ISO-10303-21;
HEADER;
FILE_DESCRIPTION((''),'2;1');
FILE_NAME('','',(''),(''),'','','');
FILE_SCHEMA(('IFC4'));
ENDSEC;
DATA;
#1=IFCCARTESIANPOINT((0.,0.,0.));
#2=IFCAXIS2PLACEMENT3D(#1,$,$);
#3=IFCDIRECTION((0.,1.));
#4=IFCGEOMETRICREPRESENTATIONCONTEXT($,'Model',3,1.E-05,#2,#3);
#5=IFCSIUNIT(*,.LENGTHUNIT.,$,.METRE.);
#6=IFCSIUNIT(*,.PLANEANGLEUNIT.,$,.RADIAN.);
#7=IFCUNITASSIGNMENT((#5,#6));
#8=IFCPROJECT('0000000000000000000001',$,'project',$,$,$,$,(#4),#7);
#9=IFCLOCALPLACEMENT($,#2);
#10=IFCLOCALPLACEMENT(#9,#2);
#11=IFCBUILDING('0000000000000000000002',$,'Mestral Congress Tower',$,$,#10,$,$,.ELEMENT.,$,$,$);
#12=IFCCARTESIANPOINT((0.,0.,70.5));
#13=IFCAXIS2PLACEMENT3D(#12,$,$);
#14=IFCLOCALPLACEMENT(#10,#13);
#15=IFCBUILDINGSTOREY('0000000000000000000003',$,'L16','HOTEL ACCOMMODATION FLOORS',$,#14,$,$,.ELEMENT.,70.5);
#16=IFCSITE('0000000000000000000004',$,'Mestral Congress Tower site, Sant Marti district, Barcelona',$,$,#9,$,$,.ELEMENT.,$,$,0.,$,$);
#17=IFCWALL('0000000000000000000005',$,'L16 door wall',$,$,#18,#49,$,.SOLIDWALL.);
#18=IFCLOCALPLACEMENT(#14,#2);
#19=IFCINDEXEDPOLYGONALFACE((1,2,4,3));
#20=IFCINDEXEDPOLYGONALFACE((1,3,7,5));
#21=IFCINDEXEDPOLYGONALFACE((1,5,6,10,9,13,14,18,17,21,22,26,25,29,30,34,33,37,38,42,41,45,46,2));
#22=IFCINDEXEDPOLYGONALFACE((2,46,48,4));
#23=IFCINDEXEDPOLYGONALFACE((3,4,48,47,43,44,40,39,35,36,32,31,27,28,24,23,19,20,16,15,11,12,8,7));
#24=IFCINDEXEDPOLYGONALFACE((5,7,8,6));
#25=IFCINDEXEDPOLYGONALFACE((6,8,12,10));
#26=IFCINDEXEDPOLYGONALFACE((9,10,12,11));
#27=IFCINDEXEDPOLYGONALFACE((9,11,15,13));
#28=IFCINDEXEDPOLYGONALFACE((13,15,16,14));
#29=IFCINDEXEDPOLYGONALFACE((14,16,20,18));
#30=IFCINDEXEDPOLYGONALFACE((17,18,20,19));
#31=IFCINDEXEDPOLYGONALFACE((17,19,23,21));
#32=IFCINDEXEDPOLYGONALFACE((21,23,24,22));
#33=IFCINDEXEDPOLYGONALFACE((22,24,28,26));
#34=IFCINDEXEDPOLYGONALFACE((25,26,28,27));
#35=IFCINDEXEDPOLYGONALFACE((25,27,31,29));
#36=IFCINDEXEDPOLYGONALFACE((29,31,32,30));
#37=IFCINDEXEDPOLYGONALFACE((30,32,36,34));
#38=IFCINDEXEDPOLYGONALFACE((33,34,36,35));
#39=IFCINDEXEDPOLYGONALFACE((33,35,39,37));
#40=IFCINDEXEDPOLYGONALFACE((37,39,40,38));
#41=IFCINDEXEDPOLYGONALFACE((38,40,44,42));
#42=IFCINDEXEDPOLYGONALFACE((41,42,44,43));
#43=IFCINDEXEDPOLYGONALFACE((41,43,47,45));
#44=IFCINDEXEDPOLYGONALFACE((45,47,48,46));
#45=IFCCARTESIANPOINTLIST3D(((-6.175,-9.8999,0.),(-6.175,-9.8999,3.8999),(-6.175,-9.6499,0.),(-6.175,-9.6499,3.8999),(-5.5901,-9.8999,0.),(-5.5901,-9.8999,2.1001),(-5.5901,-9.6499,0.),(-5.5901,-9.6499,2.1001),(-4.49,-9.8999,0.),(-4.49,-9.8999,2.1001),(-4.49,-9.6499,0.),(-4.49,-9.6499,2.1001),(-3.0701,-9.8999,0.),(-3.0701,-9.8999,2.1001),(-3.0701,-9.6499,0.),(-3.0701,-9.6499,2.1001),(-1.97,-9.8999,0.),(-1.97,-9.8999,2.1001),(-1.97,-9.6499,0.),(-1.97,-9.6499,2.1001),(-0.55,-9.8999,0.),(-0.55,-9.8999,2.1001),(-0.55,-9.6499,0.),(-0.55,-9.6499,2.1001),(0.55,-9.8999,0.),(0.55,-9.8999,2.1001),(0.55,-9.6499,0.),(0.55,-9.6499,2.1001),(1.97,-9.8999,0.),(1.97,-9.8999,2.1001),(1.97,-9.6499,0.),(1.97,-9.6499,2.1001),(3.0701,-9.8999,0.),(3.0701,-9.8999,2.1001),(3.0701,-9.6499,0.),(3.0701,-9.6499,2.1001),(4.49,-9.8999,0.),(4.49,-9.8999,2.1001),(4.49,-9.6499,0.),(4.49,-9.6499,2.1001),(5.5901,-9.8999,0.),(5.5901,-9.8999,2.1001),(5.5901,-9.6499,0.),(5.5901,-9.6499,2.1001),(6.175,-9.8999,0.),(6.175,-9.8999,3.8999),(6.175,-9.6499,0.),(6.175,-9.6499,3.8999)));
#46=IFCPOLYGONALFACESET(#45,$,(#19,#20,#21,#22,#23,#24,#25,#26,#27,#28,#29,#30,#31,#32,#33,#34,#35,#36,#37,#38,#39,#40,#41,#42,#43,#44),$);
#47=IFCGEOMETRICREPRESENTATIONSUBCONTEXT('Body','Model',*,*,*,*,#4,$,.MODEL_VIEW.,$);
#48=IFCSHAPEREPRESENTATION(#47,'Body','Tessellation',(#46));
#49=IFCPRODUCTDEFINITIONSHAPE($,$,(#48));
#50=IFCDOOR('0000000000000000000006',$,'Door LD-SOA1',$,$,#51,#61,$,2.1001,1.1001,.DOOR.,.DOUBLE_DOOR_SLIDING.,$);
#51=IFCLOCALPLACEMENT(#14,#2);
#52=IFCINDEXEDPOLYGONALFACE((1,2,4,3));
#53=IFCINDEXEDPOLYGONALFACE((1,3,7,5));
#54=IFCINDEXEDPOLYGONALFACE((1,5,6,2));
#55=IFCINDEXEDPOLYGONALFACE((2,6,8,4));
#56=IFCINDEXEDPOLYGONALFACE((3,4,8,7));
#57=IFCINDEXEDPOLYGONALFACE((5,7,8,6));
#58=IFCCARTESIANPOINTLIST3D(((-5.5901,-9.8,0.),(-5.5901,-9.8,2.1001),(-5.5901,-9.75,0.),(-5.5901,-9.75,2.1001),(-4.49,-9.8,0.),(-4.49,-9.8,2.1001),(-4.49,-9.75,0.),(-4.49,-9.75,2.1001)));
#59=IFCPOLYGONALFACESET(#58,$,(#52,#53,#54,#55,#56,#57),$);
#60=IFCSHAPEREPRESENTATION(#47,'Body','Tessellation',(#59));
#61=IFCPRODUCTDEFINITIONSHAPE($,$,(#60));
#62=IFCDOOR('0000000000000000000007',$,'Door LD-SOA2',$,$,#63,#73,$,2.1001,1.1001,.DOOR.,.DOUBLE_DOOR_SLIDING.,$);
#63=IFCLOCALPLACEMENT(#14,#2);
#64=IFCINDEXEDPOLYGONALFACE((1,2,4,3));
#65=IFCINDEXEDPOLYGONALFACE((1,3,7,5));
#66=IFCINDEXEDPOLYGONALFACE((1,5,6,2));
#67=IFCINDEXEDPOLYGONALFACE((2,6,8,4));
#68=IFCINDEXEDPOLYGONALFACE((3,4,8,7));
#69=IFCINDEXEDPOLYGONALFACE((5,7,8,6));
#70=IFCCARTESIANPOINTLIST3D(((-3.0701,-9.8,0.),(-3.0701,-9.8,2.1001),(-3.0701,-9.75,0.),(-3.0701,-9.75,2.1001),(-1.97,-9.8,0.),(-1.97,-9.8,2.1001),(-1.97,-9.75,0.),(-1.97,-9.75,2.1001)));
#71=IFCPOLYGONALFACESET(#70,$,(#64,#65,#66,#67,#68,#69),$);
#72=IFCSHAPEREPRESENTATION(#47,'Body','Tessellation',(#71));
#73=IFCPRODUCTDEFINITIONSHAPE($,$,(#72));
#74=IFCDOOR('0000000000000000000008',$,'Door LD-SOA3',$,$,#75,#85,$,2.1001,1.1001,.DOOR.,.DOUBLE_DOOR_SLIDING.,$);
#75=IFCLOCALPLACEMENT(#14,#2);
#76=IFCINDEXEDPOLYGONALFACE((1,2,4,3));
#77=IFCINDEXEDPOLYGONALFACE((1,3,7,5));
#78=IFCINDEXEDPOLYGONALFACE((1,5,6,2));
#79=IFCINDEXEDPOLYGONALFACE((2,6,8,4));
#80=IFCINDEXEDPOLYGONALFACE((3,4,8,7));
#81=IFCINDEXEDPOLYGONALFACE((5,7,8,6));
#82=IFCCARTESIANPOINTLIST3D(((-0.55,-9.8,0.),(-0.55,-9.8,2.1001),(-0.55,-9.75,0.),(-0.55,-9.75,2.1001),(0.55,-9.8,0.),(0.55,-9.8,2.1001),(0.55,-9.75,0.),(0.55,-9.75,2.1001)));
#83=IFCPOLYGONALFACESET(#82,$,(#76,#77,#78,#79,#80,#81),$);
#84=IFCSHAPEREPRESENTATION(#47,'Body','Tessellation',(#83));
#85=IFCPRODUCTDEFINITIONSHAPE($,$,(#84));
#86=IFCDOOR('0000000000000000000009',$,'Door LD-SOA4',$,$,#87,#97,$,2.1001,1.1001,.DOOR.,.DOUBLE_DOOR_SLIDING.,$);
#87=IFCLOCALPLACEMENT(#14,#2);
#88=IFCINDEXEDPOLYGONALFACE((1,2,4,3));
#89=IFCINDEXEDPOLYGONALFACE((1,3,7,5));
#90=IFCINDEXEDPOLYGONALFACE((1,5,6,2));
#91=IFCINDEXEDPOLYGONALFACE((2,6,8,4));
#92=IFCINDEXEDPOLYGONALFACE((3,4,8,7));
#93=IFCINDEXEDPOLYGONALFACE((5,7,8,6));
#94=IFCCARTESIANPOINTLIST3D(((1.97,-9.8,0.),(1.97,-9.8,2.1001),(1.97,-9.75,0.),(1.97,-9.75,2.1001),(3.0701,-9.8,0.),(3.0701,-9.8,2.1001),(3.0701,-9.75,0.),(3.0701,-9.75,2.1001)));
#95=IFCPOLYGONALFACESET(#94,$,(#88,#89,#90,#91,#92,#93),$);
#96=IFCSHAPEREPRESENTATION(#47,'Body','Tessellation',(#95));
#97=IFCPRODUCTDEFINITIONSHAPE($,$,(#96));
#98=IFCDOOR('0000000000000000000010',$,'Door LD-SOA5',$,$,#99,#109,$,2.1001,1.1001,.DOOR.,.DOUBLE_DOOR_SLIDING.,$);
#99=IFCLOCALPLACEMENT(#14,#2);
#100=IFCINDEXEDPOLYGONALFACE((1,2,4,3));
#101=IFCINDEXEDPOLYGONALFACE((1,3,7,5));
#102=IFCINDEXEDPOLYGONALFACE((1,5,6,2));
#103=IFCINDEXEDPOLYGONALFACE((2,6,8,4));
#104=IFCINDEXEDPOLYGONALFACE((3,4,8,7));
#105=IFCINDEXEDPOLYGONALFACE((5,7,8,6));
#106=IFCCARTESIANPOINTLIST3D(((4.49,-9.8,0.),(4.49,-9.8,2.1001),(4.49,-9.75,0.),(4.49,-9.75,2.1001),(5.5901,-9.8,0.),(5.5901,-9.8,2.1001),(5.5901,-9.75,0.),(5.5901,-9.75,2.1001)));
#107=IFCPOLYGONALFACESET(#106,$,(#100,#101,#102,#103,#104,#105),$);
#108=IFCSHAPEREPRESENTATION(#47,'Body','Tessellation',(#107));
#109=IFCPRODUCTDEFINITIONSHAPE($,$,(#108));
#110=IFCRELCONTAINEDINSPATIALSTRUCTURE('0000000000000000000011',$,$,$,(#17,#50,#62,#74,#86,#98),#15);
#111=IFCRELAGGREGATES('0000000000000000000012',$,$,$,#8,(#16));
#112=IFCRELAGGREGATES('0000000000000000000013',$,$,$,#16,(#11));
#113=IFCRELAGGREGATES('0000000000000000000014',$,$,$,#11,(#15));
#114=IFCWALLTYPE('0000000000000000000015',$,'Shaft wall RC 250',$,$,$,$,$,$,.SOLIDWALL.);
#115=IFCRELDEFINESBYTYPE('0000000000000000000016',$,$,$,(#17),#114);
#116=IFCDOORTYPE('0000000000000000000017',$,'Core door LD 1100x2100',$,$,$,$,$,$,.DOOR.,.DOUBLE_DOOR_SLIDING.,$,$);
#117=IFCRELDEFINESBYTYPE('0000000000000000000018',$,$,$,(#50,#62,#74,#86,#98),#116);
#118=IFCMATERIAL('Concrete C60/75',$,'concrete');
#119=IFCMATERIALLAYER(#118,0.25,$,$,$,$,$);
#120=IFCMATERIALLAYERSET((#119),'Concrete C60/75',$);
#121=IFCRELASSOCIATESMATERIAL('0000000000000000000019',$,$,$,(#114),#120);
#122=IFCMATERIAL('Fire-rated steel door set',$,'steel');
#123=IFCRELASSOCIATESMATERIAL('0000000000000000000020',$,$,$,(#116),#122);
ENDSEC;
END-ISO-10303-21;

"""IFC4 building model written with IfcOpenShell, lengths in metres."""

from ifc_helpers import new_model, si_unit, direction, frame, frame_2d, origin, place, context, subcontext, project, spatial, rectangle, extrude, material, layer, layer_set, type_object, element, fill, save


model = new_model("IFC4")

# Units and contexts
model_context = context("Model", 3, precision=1e-05, world=origin(), true_north=direction((0.0, 1.0)))
body_context = subcontext(model_context, "Body", "Model", "MODEL_VIEW")
ifc_project = project(units=[si_unit("LENGTHUNIT", "METRE"), si_unit("PLANEANGLEUNIT", "RADIAN")], contexts=[model_context])

# Site, building, storey
site_placement = place(None, origin())
site = spatial("IfcSite", under=ifc_project, at=site_placement, Name="Mestral Congress Tower site, Sant Marti district, Barcelona", CompositionType="ELEMENT", RefElevation=0.0)
building_placement = place(site_placement, origin())
building = spatial("IfcBuilding", under=site, at=building_placement, Name="Mestral Congress Tower", CompositionType="ELEMENT")
storey_placement = place(building_placement, frame((0.0, 0.0, 70.5)))
storey = spatial("IfcBuildingStorey", under=building, at=storey_placement, Name="L16", Description="HOTEL ACCOMMODATION FLOORS", CompositionType="ELEMENT", Elevation=70.5)

# Shared definitions
ifc_material_1 = material(Name="Concrete C60/75", Category="concrete")
ifc_layer_1 = layer(ifc_material_1, 0.25)
ifc_layer_set_1 = layer_set([ifc_layer_1], Name="Concrete C60/75")
wall_type_1 = type_object("IfcWallType", Name="Shaft wall RC 250", PredefinedType="SOLIDWALL", material=ifc_layer_set_1)

# Wall, openings, doors
wall_1_placement = place(storey_placement, frame((-6.175, -9.7749, 0.0), z_axis=(0.0, 0.0, 1.0), x_axis=(1.0, 0.0, 0.0)))
wall_1 = element("IfcWall", 1, at=wall_1_placement, inside=storey, type_object=wall_type_1, Name="L16 door wall", PredefinedType="SOLIDWALL", context=body_context, shape_type="SweptSolid", body=[
    extrude(rectangle(XDim=12.3501, YDim=0.25, at=frame_2d((6.175, 0.0))), origin(), (0.0, 0.0, 1.0), 3.8999),
])
opening_1_placement = place(wall_1_placement, frame((0.585, 0.0, 0.0)))
opening_1 = element("IfcOpeningElement", 2, at=opening_1_placement, cuts=wall_1, PredefinedType="OPENING", context=body_context, shape_type="SweptSolid", body=[
    extrude(rectangle(XDim=1.1001, YDim=2.1001, at=frame_2d((0.55, 1.05))), frame((0.0, 0.135, 0.0), z_axis=(0.0, -1.0, 0.0), x_axis=(1.0, 0.0, 0.0)), (0.0, 0.0, 1.0), 0.27),
])
opening_2_placement = place(wall_1_placement, frame((3.105, 0.0, 0.0)))
opening_2 = element("IfcOpeningElement", 3, at=opening_2_placement, cuts=wall_1, PredefinedType="OPENING", context=body_context, shape_type="SweptSolid", body=[
    extrude(rectangle(XDim=1.1001, YDim=2.1001, at=frame_2d((0.55, 1.05))), frame((0.0, 0.135, 0.0), z_axis=(0.0, -1.0, 0.0), x_axis=(1.0, 0.0, 0.0)), (0.0, 0.0, 1.0), 0.27),
])
opening_3_placement = place(wall_1_placement, frame((5.625, 0.0, 0.0)))
opening_3 = element("IfcOpeningElement", 4, at=opening_3_placement, cuts=wall_1, PredefinedType="OPENING", context=body_context, shape_type="SweptSolid", body=[
    extrude(rectangle(XDim=1.1001, YDim=2.1001, at=frame_2d((0.55, 1.05))), frame((0.0, 0.135, 0.0), z_axis=(0.0, -1.0, 0.0), x_axis=(1.0, 0.0, 0.0)), (0.0, 0.0, 1.0), 0.27),
])
opening_4_placement = place(wall_1_placement, frame((8.145, 0.0, 0.0)))
opening_4 = element("IfcOpeningElement", 5, at=opening_4_placement, cuts=wall_1, PredefinedType="OPENING", context=body_context, shape_type="SweptSolid", body=[
    extrude(rectangle(XDim=1.1001, YDim=2.1001, at=frame_2d((0.55, 1.05))), frame((0.0, 0.135, 0.0), z_axis=(0.0, -1.0, 0.0), x_axis=(1.0, 0.0, 0.0)), (0.0, 0.0, 1.0), 0.27),
])
opening_5_placement = place(wall_1_placement, frame((10.665, 0.0, 0.0)))
opening_5 = element("IfcOpeningElement", 6, at=opening_5_placement, cuts=wall_1, PredefinedType="OPENING", context=body_context, shape_type="SweptSolid", body=[
    extrude(rectangle(XDim=1.1001, YDim=2.1001, at=frame_2d((0.55, 1.05))), frame((0.0, 0.135, 0.0), z_axis=(0.0, -1.0, 0.0), x_axis=(1.0, 0.0, 0.0)), (0.0, 0.0, 1.0), 0.27),
])
ifc_material_2 = material(Name="Fire-rated steel door set", Category="steel")
door_type_1 = type_object("IfcDoorType", Name="Core door LD 1100x2100", OperationType="DOUBLE_DOOR_SLIDING", PredefinedType="DOOR", material=ifc_material_2)
door_1_placement = place(opening_1_placement, origin())
door_1 = element("IfcDoor", 7, at=door_1_placement, inside=storey, type_object=door_type_1, Name="Door LD-SOA1", OperationType="DOUBLE_DOOR_SLIDING", OverallHeight=2.1001, OverallWidth=1.1001, PredefinedType="DOOR", context=body_context, shape_type="SweptSolid", body=[
    extrude(rectangle(XDim=1.1001, YDim=2.1001, at=frame_2d((0.55, 1.05))), frame((0.0, 0.0249, 0.0), z_axis=(0.0, -1.0, 0.0), x_axis=(1.0, 0.0, 0.0)), (0.0, 0.0, 1.0), 0.05),
])
fill(opening_1, door_1)
door_2_placement = place(opening_2_placement, origin())
door_2 = element("IfcDoor", 8, at=door_2_placement, inside=storey, type_object=door_type_1, Name="Door LD-SOA2", OperationType="DOUBLE_DOOR_SLIDING", OverallHeight=2.1001, OverallWidth=1.1001, PredefinedType="DOOR", context=body_context, shape_type="SweptSolid", body=[
    extrude(rectangle(XDim=1.1001, YDim=2.1001, at=frame_2d((0.55, 1.05))), frame((0.0, 0.0249, 0.0), z_axis=(0.0, -1.0, 0.0), x_axis=(1.0, 0.0, 0.0)), (0.0, 0.0, 1.0), 0.05),
])
fill(opening_2, door_2)
door_3_placement = place(opening_3_placement, origin())
door_3 = element("IfcDoor", 9, at=door_3_placement, inside=storey, type_object=door_type_1, Name="Door LD-SOA3", OperationType="DOUBLE_DOOR_SLIDING", OverallHeight=2.1001, OverallWidth=1.1001, PredefinedType="DOOR", context=body_context, shape_type="SweptSolid", body=[
    extrude(rectangle(XDim=1.1001, YDim=2.1001, at=frame_2d((0.55, 1.05))), frame((0.0, 0.0249, 0.0), z_axis=(0.0, -1.0, 0.0), x_axis=(1.0, 0.0, 0.0)), (0.0, 0.0, 1.0), 0.05),
])
fill(opening_3, door_3)
door_4_placement = place(opening_4_placement, origin())
door_4 = element("IfcDoor", 10, at=door_4_placement, inside=storey, type_object=door_type_1, Name="Door LD-SOA4", OperationType="DOUBLE_DOOR_SLIDING", OverallHeight=2.1001, OverallWidth=1.1001, PredefinedType="DOOR", context=body_context, shape_type="SweptSolid", body=[
    extrude(rectangle(XDim=1.1001, YDim=2.1001, at=frame_2d((0.55, 1.05))), frame((0.0, 0.0249, 0.0), z_axis=(0.0, -1.0, 0.0), x_axis=(1.0, 0.0, 0.0)), (0.0, 0.0, 1.0), 0.05),
])
fill(opening_4, door_4)
door_5_placement = place(opening_5_placement, origin())
door_5 = element("IfcDoor", 11, at=door_5_placement, inside=storey, type_object=door_type_1, Name="Door LD-SOA5", OperationType="DOUBLE_DOOR_SLIDING", OverallHeight=2.1001, OverallWidth=1.1001, PredefinedType="DOOR", context=body_context, shape_type="SweptSolid", body=[
    extrude(rectangle(XDim=1.1001, YDim=2.1001, at=frame_2d((0.55, 1.05))), frame((0.0, 0.0249, 0.0), z_axis=(0.0, -1.0, 0.0), x_axis=(1.0, 0.0, 0.0)), (0.0, 0.0, 1.0), 0.05),
])
fill(opening_5, door_5)

save(model, "model.ifc")
